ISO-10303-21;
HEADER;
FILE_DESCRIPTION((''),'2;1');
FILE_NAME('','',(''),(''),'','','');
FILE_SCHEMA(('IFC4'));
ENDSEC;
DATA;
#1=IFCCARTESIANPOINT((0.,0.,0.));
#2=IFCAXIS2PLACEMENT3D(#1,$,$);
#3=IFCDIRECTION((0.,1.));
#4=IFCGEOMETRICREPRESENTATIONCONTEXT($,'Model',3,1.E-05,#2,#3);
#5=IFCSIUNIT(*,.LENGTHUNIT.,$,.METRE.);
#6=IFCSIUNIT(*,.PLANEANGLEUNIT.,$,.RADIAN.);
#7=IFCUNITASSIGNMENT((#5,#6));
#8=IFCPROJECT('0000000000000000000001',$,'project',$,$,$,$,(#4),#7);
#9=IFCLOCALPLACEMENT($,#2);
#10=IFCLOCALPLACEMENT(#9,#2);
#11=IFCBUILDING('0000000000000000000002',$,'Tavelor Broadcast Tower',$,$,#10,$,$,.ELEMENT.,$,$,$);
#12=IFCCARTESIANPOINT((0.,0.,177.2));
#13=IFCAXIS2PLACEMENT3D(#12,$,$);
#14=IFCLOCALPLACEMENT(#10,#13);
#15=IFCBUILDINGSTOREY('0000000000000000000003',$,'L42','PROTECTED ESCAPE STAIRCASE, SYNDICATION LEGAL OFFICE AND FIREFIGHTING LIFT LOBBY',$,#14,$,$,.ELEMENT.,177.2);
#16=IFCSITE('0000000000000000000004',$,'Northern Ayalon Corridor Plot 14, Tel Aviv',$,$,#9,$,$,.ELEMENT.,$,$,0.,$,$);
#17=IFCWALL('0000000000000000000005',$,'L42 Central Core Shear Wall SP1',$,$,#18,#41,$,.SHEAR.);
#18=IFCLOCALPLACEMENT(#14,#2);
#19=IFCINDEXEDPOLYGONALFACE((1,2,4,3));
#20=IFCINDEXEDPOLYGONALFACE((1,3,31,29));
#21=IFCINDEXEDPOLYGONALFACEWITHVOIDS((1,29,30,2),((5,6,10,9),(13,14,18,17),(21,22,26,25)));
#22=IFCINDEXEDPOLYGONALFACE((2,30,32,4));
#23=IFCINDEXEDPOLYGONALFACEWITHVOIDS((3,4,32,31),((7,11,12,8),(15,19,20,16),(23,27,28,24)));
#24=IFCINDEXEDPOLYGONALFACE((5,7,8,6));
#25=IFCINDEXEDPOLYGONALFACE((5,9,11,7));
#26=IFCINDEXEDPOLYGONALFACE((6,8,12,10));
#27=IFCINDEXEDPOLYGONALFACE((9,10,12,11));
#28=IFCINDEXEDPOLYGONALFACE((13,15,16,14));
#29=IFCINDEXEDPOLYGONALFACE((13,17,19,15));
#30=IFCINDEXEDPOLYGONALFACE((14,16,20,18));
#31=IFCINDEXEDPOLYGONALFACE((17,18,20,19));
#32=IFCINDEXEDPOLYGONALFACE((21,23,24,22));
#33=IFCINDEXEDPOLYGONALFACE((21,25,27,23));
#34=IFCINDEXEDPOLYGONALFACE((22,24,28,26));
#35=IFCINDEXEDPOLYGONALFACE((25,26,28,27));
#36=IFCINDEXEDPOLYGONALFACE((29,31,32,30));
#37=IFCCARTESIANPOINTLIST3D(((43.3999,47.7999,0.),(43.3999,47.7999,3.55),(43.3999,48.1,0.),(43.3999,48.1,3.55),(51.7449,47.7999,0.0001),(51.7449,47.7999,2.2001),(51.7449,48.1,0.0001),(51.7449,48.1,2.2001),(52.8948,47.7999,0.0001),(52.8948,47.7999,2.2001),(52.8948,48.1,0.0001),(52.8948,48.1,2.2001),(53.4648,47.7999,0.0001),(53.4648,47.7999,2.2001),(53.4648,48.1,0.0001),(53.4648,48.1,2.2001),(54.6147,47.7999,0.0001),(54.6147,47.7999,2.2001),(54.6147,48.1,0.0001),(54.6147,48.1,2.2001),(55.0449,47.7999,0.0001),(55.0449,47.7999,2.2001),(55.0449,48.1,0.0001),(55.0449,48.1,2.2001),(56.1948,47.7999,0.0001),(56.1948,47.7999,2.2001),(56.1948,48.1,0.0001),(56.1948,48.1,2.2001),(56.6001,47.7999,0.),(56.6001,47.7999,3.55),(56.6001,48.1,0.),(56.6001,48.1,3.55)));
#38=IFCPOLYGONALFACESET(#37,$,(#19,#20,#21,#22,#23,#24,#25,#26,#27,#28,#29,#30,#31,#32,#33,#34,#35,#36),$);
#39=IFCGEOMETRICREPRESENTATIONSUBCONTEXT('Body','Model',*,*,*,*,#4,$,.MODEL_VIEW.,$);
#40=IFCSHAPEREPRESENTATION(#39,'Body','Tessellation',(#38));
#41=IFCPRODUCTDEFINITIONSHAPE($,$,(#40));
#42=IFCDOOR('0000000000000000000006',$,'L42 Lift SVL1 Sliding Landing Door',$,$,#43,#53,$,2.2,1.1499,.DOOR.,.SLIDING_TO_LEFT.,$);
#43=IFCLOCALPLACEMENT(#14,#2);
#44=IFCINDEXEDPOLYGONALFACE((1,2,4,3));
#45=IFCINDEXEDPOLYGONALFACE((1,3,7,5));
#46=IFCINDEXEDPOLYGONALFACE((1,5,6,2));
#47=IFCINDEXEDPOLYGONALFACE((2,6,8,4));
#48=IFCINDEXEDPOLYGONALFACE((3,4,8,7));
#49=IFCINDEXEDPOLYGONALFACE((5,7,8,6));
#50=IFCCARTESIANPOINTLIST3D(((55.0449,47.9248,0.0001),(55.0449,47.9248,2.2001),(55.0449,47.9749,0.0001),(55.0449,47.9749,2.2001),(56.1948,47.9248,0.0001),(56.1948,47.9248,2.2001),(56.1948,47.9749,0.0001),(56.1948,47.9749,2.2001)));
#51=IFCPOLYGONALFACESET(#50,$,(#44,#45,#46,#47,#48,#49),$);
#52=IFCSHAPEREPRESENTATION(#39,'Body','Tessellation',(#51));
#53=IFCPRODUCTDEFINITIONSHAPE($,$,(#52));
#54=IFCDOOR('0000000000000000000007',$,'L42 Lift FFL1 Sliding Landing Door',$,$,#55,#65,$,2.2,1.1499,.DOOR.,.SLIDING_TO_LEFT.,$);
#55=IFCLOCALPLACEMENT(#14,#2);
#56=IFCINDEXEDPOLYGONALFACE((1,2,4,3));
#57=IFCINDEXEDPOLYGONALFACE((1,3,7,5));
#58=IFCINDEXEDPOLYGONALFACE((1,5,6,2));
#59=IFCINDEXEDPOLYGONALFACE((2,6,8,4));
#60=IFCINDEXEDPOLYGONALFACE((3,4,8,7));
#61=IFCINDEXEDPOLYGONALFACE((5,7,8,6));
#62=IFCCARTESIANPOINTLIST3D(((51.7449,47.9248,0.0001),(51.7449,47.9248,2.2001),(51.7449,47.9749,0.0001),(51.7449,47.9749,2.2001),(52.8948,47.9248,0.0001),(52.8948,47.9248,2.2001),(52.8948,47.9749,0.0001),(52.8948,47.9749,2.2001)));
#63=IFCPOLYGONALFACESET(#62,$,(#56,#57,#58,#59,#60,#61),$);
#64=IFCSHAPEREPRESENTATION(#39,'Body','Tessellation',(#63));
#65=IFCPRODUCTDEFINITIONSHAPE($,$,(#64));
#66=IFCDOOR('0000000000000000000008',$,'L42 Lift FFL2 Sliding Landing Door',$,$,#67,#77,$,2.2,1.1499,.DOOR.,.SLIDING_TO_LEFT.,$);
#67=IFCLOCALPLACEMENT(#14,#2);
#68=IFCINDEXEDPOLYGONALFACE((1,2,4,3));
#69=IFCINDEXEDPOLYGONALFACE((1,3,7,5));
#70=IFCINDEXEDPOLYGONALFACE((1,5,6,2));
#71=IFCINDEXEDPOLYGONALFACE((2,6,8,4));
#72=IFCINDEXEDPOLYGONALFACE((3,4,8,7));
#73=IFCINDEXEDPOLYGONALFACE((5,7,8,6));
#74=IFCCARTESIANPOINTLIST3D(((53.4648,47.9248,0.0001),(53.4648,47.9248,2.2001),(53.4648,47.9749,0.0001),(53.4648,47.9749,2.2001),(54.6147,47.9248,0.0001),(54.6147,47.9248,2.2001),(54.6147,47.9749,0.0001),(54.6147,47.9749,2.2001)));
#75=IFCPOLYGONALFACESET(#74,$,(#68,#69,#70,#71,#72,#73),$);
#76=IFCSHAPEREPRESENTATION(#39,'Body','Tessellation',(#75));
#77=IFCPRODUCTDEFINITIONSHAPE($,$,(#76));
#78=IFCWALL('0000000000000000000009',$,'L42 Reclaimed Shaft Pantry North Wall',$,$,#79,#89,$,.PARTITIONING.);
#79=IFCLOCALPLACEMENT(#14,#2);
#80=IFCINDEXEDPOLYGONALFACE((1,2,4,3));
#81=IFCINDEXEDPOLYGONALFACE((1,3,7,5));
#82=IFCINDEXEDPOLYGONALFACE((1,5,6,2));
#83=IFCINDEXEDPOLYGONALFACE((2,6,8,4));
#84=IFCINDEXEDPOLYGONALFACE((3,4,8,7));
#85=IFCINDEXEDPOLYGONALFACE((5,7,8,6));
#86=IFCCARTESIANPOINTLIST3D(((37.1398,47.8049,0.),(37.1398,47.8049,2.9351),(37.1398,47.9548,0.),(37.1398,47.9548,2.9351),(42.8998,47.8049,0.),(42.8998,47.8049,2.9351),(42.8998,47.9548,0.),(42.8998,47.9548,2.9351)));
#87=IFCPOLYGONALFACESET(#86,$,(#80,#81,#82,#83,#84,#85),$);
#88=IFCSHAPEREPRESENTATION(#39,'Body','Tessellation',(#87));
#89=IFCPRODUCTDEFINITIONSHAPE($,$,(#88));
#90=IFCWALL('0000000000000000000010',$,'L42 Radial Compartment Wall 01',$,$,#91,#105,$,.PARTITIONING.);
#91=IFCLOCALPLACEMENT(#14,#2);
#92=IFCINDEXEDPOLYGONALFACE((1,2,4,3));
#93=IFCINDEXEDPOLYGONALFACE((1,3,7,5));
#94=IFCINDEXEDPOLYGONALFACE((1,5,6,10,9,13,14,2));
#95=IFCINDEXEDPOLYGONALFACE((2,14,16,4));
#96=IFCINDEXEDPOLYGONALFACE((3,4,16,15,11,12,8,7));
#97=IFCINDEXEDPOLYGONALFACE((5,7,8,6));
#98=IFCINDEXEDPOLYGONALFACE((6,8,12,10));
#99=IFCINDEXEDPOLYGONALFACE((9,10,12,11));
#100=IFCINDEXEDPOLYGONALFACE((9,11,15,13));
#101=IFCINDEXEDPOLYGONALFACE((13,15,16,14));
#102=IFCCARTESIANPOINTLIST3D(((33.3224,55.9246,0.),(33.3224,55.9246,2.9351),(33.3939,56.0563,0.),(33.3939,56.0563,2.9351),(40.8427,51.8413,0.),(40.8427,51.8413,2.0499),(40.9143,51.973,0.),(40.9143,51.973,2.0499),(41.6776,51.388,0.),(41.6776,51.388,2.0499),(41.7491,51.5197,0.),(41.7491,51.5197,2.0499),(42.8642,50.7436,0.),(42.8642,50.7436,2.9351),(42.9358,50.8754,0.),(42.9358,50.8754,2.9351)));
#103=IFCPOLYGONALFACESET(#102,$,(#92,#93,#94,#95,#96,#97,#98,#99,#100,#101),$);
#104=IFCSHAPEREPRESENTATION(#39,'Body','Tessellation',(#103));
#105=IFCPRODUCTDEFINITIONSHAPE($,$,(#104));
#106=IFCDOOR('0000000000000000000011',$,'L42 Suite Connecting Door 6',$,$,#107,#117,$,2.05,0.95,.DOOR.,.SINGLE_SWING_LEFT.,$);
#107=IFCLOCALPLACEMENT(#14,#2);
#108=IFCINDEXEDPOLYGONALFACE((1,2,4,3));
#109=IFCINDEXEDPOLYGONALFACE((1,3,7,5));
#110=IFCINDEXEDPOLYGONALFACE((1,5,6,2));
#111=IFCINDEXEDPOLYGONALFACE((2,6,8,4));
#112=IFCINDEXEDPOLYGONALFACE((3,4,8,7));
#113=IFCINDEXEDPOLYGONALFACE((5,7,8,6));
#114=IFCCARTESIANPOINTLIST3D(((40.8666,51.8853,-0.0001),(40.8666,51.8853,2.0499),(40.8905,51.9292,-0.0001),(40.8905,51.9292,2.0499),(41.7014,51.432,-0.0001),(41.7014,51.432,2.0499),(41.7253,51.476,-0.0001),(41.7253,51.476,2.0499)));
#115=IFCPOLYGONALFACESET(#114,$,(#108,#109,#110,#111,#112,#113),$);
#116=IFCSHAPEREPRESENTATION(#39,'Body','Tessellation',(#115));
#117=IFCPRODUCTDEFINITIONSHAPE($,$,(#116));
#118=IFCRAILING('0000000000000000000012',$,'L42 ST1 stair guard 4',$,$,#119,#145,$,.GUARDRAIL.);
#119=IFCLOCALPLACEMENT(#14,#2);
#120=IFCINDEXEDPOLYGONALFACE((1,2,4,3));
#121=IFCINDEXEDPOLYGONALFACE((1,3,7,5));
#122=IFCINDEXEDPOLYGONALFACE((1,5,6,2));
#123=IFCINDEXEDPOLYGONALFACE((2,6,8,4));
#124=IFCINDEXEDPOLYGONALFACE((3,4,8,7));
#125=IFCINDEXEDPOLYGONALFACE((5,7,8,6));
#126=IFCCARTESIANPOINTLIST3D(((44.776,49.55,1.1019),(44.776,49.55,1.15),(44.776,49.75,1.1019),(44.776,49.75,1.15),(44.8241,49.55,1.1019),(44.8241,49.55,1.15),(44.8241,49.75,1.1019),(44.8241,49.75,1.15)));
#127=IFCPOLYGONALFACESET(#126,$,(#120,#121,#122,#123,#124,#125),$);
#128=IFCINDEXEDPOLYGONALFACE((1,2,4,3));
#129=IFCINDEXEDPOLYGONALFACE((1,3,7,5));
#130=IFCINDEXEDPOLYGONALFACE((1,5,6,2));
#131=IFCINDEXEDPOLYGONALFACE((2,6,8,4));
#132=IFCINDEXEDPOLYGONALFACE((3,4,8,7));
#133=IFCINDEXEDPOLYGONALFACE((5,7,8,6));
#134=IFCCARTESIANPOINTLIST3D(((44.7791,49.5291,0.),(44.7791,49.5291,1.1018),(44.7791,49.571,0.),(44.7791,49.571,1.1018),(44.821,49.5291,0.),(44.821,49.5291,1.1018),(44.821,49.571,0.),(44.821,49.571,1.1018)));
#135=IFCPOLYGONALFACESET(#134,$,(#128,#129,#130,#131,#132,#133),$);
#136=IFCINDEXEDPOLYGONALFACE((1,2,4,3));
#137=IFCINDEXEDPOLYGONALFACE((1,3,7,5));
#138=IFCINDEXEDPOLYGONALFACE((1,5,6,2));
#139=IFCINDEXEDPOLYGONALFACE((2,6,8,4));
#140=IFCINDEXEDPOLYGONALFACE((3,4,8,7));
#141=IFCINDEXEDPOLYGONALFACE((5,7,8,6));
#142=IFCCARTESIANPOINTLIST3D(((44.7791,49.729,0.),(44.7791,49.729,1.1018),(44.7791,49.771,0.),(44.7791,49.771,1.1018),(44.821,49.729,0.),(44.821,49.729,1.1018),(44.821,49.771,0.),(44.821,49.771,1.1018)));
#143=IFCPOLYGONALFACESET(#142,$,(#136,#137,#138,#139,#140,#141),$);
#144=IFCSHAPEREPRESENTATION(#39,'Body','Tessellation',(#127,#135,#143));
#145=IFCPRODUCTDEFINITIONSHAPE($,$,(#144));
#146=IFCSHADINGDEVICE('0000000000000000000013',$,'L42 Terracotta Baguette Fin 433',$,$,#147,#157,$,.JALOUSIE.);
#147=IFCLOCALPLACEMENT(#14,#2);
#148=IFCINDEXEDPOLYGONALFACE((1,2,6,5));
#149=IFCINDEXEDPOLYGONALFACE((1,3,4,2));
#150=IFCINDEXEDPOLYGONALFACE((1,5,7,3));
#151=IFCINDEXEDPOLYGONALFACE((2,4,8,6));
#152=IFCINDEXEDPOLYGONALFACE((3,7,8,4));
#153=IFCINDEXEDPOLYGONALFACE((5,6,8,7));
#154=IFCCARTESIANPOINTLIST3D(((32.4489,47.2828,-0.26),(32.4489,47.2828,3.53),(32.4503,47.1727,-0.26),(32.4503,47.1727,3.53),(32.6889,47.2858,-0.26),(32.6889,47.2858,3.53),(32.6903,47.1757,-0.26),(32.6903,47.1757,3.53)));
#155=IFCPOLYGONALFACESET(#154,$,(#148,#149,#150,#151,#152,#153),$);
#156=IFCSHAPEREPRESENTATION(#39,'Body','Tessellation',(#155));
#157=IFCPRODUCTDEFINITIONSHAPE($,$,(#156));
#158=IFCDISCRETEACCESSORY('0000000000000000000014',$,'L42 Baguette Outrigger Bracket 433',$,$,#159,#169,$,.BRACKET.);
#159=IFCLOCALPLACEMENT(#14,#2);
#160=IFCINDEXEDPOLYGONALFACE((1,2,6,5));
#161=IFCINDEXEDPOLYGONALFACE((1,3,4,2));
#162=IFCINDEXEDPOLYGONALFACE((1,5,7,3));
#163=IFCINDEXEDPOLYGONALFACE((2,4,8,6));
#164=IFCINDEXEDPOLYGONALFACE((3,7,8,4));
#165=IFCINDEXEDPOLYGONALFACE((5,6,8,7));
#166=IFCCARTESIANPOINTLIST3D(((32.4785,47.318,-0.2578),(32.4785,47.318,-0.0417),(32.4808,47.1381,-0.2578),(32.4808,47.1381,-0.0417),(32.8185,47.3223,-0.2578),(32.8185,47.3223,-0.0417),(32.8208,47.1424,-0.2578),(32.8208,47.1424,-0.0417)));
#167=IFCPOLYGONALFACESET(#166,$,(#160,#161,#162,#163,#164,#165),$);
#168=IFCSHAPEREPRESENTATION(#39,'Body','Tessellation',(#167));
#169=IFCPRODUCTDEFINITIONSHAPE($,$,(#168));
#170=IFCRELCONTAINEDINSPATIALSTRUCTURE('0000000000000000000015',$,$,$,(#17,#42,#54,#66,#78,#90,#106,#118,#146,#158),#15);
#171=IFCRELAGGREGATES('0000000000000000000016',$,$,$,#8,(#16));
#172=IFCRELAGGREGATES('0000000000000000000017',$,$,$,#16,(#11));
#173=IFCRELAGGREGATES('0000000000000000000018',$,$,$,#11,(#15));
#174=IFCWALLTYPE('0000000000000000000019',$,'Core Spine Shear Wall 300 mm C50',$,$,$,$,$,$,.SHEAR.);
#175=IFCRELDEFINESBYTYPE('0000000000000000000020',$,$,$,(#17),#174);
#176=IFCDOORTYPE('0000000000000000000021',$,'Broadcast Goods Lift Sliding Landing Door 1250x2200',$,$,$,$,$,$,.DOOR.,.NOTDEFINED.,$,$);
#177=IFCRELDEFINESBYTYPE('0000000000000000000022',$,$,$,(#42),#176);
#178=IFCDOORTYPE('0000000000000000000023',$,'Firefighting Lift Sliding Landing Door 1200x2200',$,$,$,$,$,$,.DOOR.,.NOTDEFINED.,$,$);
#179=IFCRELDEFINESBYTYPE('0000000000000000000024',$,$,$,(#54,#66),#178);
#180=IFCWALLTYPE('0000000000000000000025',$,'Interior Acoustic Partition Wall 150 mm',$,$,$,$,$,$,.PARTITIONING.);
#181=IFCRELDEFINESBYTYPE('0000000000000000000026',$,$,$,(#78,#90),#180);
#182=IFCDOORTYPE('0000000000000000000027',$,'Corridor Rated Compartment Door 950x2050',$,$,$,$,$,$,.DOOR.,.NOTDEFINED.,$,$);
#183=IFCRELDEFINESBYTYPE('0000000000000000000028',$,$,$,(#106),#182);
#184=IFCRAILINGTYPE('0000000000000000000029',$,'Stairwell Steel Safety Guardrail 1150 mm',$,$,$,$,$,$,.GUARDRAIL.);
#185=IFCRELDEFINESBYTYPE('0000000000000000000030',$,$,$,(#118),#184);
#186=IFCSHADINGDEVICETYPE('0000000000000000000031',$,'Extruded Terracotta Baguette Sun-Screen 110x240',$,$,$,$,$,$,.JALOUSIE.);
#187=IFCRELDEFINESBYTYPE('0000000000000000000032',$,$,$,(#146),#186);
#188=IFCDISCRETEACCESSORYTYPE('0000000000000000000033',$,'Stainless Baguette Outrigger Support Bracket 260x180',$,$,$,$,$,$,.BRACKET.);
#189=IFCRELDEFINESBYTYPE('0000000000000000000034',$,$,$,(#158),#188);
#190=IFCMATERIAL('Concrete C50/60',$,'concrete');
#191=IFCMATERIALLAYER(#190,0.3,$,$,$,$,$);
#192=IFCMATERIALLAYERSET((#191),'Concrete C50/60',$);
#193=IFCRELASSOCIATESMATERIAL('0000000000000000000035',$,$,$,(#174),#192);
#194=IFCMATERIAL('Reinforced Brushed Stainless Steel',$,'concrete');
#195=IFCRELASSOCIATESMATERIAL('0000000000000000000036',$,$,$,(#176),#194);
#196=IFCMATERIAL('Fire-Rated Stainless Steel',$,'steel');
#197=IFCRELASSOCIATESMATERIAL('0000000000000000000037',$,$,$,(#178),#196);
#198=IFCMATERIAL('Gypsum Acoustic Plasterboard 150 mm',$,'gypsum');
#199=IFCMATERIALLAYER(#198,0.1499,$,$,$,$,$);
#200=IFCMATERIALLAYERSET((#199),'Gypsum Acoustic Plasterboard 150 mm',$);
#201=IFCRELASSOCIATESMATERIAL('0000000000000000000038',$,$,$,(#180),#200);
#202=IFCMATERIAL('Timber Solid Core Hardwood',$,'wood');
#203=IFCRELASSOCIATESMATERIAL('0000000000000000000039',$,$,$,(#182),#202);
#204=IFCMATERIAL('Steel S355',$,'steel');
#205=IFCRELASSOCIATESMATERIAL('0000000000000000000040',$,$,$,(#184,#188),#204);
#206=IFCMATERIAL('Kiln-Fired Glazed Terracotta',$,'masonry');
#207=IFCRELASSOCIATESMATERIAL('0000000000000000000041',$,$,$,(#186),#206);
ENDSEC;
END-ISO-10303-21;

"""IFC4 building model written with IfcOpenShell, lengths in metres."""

from ifc_helpers import new_model, si_unit, direction, frame, frame_2d, origin, origin_2d, place, context, subcontext, project, spatial, rectangle, extrude, source, transform, mapped, material, layer, layer_set, type_object, type_shapes, element, fill, save


model = new_model("IFC4")

# Units and contexts
model_context = context("Model", 3, precision=1e-05, world=origin(), true_north=direction((0.0, 1.0)))
body_context = subcontext(model_context, "Body", "Model", "MODEL_VIEW")
ifc_project = project(units=[si_unit("LENGTHUNIT", "METRE"), si_unit("PLANEANGLEUNIT", "RADIAN")], contexts=[model_context])

# Site, building, storey
site_placement = place(None, origin())
site = spatial("IfcSite", under=ifc_project, at=site_placement, Name="Northern Ayalon Corridor Plot 14, Tel Aviv", CompositionType="ELEMENT", RefElevation=0.0)
building_placement = place(site_placement, origin())
building = spatial("IfcBuilding", under=site, at=building_placement, Name="Tavelor Broadcast Tower", CompositionType="ELEMENT")
storey_placement = place(building_placement, frame((0.0, 0.0, 177.2)))
storey = spatial("IfcBuildingStorey", under=building, at=storey_placement, Name="L42", Description="PROTECTED ESCAPE STAIRCASE, SYNDICATION LEGAL OFFICE AND FIREFIGHTING LIFT LOBBY", CompositionType="ELEMENT", Elevation=177.2)

# Shared definitions
ifc_material_1 = material(Name="Concrete C50/60", Category="concrete")

# Shared definitions
ifc_material_2 = material(Name="Steel S355", Category="steel")

# Wall, openings, doors
ifc_layer_1 = layer(ifc_material_1, 0.3)
ifc_layer_set_1 = layer_set([ifc_layer_1], Name="Concrete C50/60")
wall_type_1 = type_object("IfcWallType", Name="Core Spine Shear Wall 300 mm C50", PredefinedType="SHEAR", material=ifc_layer_set_1)
wall_1_placement = place(storey_placement, frame((43.3999, 47.95, 0.0), z_axis=(0.0, 0.0, 1.0), x_axis=(1.0, 0.0, 0.0)))
wall_1 = element("IfcWall", 1, at=wall_1_placement, inside=storey, type_object=wall_type_1, Name="L42 Central Core Shear Wall SP1", PredefinedType="SHEAR", context=body_context, shape_type="SweptSolid", body=[
    extrude(rectangle(XDim=13.2002, YDim=0.3, at=frame_2d((6.6001, 0.0))), origin(), (0.0, 0.0, 1.0), 3.55),
])
opening_1_placement = place(wall_1_placement, frame((8.345, 0.0, 0.0)))
opening_1 = element("IfcOpeningElement", 2, at=opening_1_placement, cuts=wall_1, PredefinedType="OPENING", context=body_context, shape_type="SweptSolid", body=[
    extrude(rectangle(XDim=1.1499, YDim=2.2, at=frame_2d((0.575, 1.1001))), frame((0.0, 0.1602, 0.0), z_axis=(0.0, -1.0, 0.0), x_axis=(1.0, 0.0, 0.0)), (0.0, 0.0, 1.0), 0.3201),
])
opening_2_placement = place(wall_1_placement, frame((10.0649, 0.0, 0.0)))
opening_2 = element("IfcOpeningElement", 3, at=opening_2_placement, cuts=wall_1, PredefinedType="OPENING", context=body_context, shape_type="SweptSolid", body=[
    extrude(rectangle(XDim=1.1499, YDim=2.2, at=frame_2d((0.575, 1.1001))), frame((0.0, 0.1602, 0.0), z_axis=(0.0, -1.0, 0.0), x_axis=(1.0, 0.0, 0.0)), (0.0, 0.0, 1.0), 0.3201),
])
opening_3_placement = place(wall_1_placement, frame((11.645, 0.0, 0.0)))
opening_3 = element("IfcOpeningElement", 4, at=opening_3_placement, cuts=wall_1, PredefinedType="OPENING", context=body_context, shape_type="SweptSolid", body=[
    extrude(rectangle(XDim=1.1499, YDim=2.2, at=frame_2d((0.575, 1.1001))), frame((0.0, 0.1602, 0.0), z_axis=(0.0, -1.0, 0.0), x_axis=(1.0, 0.0, 0.0)), (0.0, 0.0, 1.0), 0.3201),
])
ifc_material_3 = material(Name="Reinforced Brushed Stainless Steel", Category="concrete")
door_type_1 = type_object("IfcDoorType", Name="Broadcast Goods Lift Sliding Landing Door 1250x2200", OperationType="NOTDEFINED", PredefinedType="DOOR", material=ifc_material_3)
door_1_placement = place(opening_3_placement, origin())
door_1 = element("IfcDoor", 5, at=door_1_placement, inside=storey, type_object=door_type_1, Name="L42 Lift SVL1 Sliding Landing Door", OperationType="SLIDING_TO_LEFT", OverallHeight=2.2, OverallWidth=1.1499, PredefinedType="DOOR", context=body_context, shape_type="SweptSolid", body=[
    extrude(rectangle(XDim=1.1499, YDim=2.2, at=frame_2d((0.575, 1.1001))), frame((0.0, 0.0249, 0.0), z_axis=(0.0, -1.0, 0.0), x_axis=(1.0, 0.0, 0.0)), (0.0, 0.0, 1.0), 0.05),
])
fill(opening_3, door_1)
ifc_material_4 = material(Name="Fire-Rated Stainless Steel", Category="steel")
door_type_2 = type_object("IfcDoorType", Name="Firefighting Lift Sliding Landing Door 1200x2200", OperationType="NOTDEFINED", PredefinedType="DOOR", material=ifc_material_4)
door_2_placement = place(opening_1_placement, origin())
door_2 = element("IfcDoor", 6, at=door_2_placement, inside=storey, type_object=door_type_2, Name="L42 Lift FFL1 Sliding Landing Door", OperationType="SLIDING_TO_LEFT", OverallHeight=2.2, OverallWidth=1.1499, PredefinedType="DOOR", context=body_context, shape_type="SweptSolid", body=[
    extrude(rectangle(XDim=1.1499, YDim=2.2, at=frame_2d((0.575, 1.1001))), frame((0.0, 0.0249, 0.0), z_axis=(0.0, -1.0, 0.0), x_axis=(1.0, 0.0, 0.0)), (0.0, 0.0, 1.0), 0.05),
])
fill(opening_1, door_2)
door_3_placement = place(opening_2_placement, origin())
door_3 = element("IfcDoor", 7, at=door_3_placement, inside=storey, type_object=door_type_2, Name="L42 Lift FFL2 Sliding Landing Door", OperationType="SLIDING_TO_LEFT", OverallHeight=2.2, OverallWidth=1.1499, PredefinedType="DOOR", context=body_context, shape_type="SweptSolid", body=[
    extrude(rectangle(XDim=1.1499, YDim=2.2, at=frame_2d((0.575, 1.1001))), frame((0.0, 0.0249, 0.0), z_axis=(0.0, -1.0, 0.0), x_axis=(1.0, 0.0, 0.0)), (0.0, 0.0, 1.0), 0.05),
])
fill(opening_2, door_3)

# Wall
ifc_material_5 = material(Name="Gypsum Acoustic Plasterboard 150 mm", Category="gypsum")
ifc_layer_2 = layer(ifc_material_5, 0.1499)
ifc_layer_set_2 = layer_set([ifc_layer_2], Name="Gypsum Acoustic Plasterboard 150 mm")
wall_type_2 = type_object("IfcWallType", Name="Interior Acoustic Partition Wall 150 mm", PredefinedType="PARTITIONING", material=ifc_layer_set_2)
wall_2_placement = place(storey_placement, frame((37.1399, 47.8799, 0.0), z_axis=(0.0, 0.0, 1.0), x_axis=(1.0, 0.0, 0.0)))
element("IfcWall", 8, at=wall_2_placement, inside=storey, type_object=wall_type_2, Name="L42 Reclaimed Shaft Pantry North Wall", PredefinedType="PARTITIONING", context=body_context, shape_type="SweptSolid", body=[
    extrude(rectangle(XDim=5.76, YDim=0.1499, at=frame_2d((2.8799, 0.0))), origin(), (0.0, 0.0, 1.0), 2.9351),
])

# Wall, opening, door
wall_3_placement = place(storey_placement, frame((42.8999, 50.8096, 0.0), z_axis=(0.0, 0.0, 1.0), x_axis=(-0.878811, 0.47717, 0.0)))
wall_3 = element("IfcWall", 9, at=wall_3_placement, inside=storey, type_object=wall_type_2, Name="L42 Radial Compartment Wall 01", PredefinedType="PARTITIONING", context=body_context, shape_type="SweptSolid", body=[
    extrude(rectangle(XDim=10.8577, YDim=0.1499, at=frame_2d((5.4287, 0.0))), origin(), (0.0, 0.0, 1.0), 2.9351),
])
opening_4_placement = place(wall_3_placement, frame((1.3501, 0.0, 0.0)))
opening_4 = element("IfcOpeningElement", 10, at=opening_4_placement, cuts=wall_3, PredefinedType="OPENING", context=body_context, shape_type="SweptSolid", body=[
    extrude(rectangle(XDim=0.95, YDim=2.05, at=frame_2d((0.4751, 1.0249))), frame((0.0, 0.085, 0.0), z_axis=(0.0, -1.0, 0.0), x_axis=(1.0, 0.0, 0.0)), (0.0, 0.0, 1.0), 0.1699),
])
ifc_material_6 = material(Name="Timber Solid Core Hardwood", Category="wood")
door_type_3 = type_object("IfcDoorType", Name="Corridor Rated Compartment Door 950x2050", OperationType="NOTDEFINED", PredefinedType="DOOR", material=ifc_material_6)
door_4_placement = place(opening_4_placement, origin())
door_4 = element("IfcDoor", 11, at=door_4_placement, inside=storey, type_object=door_type_3, Name="L42 Suite Connecting Door 6", OperationType="SINGLE_SWING_LEFT", OverallHeight=2.05, OverallWidth=0.95, PredefinedType="DOOR", context=body_context, shape_type="SweptSolid", body=[
    extrude(rectangle(XDim=0.95, YDim=2.05, at=frame_2d((0.4751, 1.0249))), frame((0.0, 0.0249, 0.0), z_axis=(0.0, -1.0, 0.0), x_axis=(1.0, 0.0, 0.0)), (0.0, 0.0, 1.0), 0.05),
])
fill(opening_4, door_4)

# Railing
railing_type = type_object("IfcRailingType", Name="Stairwell Steel Safety Guardrail 1150 mm", PredefinedType="GUARDRAIL", material=ifc_material_2)
railing_placement = place(storey_placement, frame((44.8, 49.55, 0.0)))
element("IfcRailing", 12, at=railing_placement, inside=storey, type_object=railing_type, Name="L42 ST1 stair guard 4", PredefinedType="GUARDRAIL", context=body_context, shape_type="SweptSolid", body=[
    extrude(rectangle(XDim=0.0481, YDim=0.0481, at=origin_2d()), frame((0.0, 0.0, 1.126), z_axis=(0.0, 1.0, 0.0), x_axis=(-1.0, 0.0, 0.0)), (0.0, 0.0, 1.0), 0.2),
    extrude(rectangle(XDim=0.042, YDim=0.042, at=origin_2d()), origin(), (0.0, 0.0, 1.0), 1.1018),
    extrude(rectangle(XDim=0.042, YDim=0.042, at=origin_2d()), frame((0.0, 0.2, 0.0)), (0.0, 0.0, 1.0), 1.1018),
])

# Shading device
ifc_material_7 = material(Name="Kiln-Fired Glazed Terracotta", Category="masonry")
shading_device_type = type_object("IfcShadingDeviceType", Name="Extruded Terracotta Baguette Sun-Screen 110x240", PredefinedType="JALOUSIE", material=ifc_material_7)
shared_shape_1 = source(origin(), body_context, "Body", "SweptSolid", [
    extrude(rectangle(XDim=0.1101, YDim=0.24, at=origin_2d()), origin(), (0.0, 0.0, 1.0), 3.79),
])
type_shapes(shading_device_type, [shared_shape_1])
shading_device_placement = place(storey_placement, frame((32.5696, 47.2292, -0.26), z_axis=(0.0, 0.0, 1.0), x_axis=(0.012741, -0.999919, 0.0)))
element("IfcShadingDevice", 13, at=shading_device_placement, inside=storey, type_object=shading_device_type, Name="L42 Terracotta Baguette Fin 433", PredefinedType="JALOUSIE", context=body_context, shape_type="MappedRepresentation", body=[
    mapped(shared_shape_1, transform((0.0, 0.0, 0.0), scale=1.0)),
])

# Discrete accessory
discrete_accessory_type = type_object("IfcDiscreteAccessoryType", Name="Stainless Baguette Outrigger Support Bracket 260x180", PredefinedType="BRACKET", material=ifc_material_2)
shared_shape_2 = source(origin(), body_context, "Body", "SweptSolid", [
    extrude(rectangle(XDim=0.1799, YDim=0.3401, at=origin_2d()), origin(), (0.0, 0.0, 1.0), 0.2161),
])
type_shapes(discrete_accessory_type, [shared_shape_2])
discrete_accessory_placement = place(storey_placement, frame((32.6497, 47.2302, -0.2578), z_axis=(0.0, 0.0, 1.0), x_axis=(0.012741, -0.999919, 0.0)))
element("IfcDiscreteAccessory", 14, at=discrete_accessory_placement, inside=storey, type_object=discrete_accessory_type, Name="L42 Baguette Outrigger Bracket 433", PredefinedType="BRACKET", context=body_context, shape_type="MappedRepresentation", body=[
    mapped(shared_shape_2, transform((0.0, 0.0, 0.0), scale=1.0)),
])

save(model, "model.ifc")
